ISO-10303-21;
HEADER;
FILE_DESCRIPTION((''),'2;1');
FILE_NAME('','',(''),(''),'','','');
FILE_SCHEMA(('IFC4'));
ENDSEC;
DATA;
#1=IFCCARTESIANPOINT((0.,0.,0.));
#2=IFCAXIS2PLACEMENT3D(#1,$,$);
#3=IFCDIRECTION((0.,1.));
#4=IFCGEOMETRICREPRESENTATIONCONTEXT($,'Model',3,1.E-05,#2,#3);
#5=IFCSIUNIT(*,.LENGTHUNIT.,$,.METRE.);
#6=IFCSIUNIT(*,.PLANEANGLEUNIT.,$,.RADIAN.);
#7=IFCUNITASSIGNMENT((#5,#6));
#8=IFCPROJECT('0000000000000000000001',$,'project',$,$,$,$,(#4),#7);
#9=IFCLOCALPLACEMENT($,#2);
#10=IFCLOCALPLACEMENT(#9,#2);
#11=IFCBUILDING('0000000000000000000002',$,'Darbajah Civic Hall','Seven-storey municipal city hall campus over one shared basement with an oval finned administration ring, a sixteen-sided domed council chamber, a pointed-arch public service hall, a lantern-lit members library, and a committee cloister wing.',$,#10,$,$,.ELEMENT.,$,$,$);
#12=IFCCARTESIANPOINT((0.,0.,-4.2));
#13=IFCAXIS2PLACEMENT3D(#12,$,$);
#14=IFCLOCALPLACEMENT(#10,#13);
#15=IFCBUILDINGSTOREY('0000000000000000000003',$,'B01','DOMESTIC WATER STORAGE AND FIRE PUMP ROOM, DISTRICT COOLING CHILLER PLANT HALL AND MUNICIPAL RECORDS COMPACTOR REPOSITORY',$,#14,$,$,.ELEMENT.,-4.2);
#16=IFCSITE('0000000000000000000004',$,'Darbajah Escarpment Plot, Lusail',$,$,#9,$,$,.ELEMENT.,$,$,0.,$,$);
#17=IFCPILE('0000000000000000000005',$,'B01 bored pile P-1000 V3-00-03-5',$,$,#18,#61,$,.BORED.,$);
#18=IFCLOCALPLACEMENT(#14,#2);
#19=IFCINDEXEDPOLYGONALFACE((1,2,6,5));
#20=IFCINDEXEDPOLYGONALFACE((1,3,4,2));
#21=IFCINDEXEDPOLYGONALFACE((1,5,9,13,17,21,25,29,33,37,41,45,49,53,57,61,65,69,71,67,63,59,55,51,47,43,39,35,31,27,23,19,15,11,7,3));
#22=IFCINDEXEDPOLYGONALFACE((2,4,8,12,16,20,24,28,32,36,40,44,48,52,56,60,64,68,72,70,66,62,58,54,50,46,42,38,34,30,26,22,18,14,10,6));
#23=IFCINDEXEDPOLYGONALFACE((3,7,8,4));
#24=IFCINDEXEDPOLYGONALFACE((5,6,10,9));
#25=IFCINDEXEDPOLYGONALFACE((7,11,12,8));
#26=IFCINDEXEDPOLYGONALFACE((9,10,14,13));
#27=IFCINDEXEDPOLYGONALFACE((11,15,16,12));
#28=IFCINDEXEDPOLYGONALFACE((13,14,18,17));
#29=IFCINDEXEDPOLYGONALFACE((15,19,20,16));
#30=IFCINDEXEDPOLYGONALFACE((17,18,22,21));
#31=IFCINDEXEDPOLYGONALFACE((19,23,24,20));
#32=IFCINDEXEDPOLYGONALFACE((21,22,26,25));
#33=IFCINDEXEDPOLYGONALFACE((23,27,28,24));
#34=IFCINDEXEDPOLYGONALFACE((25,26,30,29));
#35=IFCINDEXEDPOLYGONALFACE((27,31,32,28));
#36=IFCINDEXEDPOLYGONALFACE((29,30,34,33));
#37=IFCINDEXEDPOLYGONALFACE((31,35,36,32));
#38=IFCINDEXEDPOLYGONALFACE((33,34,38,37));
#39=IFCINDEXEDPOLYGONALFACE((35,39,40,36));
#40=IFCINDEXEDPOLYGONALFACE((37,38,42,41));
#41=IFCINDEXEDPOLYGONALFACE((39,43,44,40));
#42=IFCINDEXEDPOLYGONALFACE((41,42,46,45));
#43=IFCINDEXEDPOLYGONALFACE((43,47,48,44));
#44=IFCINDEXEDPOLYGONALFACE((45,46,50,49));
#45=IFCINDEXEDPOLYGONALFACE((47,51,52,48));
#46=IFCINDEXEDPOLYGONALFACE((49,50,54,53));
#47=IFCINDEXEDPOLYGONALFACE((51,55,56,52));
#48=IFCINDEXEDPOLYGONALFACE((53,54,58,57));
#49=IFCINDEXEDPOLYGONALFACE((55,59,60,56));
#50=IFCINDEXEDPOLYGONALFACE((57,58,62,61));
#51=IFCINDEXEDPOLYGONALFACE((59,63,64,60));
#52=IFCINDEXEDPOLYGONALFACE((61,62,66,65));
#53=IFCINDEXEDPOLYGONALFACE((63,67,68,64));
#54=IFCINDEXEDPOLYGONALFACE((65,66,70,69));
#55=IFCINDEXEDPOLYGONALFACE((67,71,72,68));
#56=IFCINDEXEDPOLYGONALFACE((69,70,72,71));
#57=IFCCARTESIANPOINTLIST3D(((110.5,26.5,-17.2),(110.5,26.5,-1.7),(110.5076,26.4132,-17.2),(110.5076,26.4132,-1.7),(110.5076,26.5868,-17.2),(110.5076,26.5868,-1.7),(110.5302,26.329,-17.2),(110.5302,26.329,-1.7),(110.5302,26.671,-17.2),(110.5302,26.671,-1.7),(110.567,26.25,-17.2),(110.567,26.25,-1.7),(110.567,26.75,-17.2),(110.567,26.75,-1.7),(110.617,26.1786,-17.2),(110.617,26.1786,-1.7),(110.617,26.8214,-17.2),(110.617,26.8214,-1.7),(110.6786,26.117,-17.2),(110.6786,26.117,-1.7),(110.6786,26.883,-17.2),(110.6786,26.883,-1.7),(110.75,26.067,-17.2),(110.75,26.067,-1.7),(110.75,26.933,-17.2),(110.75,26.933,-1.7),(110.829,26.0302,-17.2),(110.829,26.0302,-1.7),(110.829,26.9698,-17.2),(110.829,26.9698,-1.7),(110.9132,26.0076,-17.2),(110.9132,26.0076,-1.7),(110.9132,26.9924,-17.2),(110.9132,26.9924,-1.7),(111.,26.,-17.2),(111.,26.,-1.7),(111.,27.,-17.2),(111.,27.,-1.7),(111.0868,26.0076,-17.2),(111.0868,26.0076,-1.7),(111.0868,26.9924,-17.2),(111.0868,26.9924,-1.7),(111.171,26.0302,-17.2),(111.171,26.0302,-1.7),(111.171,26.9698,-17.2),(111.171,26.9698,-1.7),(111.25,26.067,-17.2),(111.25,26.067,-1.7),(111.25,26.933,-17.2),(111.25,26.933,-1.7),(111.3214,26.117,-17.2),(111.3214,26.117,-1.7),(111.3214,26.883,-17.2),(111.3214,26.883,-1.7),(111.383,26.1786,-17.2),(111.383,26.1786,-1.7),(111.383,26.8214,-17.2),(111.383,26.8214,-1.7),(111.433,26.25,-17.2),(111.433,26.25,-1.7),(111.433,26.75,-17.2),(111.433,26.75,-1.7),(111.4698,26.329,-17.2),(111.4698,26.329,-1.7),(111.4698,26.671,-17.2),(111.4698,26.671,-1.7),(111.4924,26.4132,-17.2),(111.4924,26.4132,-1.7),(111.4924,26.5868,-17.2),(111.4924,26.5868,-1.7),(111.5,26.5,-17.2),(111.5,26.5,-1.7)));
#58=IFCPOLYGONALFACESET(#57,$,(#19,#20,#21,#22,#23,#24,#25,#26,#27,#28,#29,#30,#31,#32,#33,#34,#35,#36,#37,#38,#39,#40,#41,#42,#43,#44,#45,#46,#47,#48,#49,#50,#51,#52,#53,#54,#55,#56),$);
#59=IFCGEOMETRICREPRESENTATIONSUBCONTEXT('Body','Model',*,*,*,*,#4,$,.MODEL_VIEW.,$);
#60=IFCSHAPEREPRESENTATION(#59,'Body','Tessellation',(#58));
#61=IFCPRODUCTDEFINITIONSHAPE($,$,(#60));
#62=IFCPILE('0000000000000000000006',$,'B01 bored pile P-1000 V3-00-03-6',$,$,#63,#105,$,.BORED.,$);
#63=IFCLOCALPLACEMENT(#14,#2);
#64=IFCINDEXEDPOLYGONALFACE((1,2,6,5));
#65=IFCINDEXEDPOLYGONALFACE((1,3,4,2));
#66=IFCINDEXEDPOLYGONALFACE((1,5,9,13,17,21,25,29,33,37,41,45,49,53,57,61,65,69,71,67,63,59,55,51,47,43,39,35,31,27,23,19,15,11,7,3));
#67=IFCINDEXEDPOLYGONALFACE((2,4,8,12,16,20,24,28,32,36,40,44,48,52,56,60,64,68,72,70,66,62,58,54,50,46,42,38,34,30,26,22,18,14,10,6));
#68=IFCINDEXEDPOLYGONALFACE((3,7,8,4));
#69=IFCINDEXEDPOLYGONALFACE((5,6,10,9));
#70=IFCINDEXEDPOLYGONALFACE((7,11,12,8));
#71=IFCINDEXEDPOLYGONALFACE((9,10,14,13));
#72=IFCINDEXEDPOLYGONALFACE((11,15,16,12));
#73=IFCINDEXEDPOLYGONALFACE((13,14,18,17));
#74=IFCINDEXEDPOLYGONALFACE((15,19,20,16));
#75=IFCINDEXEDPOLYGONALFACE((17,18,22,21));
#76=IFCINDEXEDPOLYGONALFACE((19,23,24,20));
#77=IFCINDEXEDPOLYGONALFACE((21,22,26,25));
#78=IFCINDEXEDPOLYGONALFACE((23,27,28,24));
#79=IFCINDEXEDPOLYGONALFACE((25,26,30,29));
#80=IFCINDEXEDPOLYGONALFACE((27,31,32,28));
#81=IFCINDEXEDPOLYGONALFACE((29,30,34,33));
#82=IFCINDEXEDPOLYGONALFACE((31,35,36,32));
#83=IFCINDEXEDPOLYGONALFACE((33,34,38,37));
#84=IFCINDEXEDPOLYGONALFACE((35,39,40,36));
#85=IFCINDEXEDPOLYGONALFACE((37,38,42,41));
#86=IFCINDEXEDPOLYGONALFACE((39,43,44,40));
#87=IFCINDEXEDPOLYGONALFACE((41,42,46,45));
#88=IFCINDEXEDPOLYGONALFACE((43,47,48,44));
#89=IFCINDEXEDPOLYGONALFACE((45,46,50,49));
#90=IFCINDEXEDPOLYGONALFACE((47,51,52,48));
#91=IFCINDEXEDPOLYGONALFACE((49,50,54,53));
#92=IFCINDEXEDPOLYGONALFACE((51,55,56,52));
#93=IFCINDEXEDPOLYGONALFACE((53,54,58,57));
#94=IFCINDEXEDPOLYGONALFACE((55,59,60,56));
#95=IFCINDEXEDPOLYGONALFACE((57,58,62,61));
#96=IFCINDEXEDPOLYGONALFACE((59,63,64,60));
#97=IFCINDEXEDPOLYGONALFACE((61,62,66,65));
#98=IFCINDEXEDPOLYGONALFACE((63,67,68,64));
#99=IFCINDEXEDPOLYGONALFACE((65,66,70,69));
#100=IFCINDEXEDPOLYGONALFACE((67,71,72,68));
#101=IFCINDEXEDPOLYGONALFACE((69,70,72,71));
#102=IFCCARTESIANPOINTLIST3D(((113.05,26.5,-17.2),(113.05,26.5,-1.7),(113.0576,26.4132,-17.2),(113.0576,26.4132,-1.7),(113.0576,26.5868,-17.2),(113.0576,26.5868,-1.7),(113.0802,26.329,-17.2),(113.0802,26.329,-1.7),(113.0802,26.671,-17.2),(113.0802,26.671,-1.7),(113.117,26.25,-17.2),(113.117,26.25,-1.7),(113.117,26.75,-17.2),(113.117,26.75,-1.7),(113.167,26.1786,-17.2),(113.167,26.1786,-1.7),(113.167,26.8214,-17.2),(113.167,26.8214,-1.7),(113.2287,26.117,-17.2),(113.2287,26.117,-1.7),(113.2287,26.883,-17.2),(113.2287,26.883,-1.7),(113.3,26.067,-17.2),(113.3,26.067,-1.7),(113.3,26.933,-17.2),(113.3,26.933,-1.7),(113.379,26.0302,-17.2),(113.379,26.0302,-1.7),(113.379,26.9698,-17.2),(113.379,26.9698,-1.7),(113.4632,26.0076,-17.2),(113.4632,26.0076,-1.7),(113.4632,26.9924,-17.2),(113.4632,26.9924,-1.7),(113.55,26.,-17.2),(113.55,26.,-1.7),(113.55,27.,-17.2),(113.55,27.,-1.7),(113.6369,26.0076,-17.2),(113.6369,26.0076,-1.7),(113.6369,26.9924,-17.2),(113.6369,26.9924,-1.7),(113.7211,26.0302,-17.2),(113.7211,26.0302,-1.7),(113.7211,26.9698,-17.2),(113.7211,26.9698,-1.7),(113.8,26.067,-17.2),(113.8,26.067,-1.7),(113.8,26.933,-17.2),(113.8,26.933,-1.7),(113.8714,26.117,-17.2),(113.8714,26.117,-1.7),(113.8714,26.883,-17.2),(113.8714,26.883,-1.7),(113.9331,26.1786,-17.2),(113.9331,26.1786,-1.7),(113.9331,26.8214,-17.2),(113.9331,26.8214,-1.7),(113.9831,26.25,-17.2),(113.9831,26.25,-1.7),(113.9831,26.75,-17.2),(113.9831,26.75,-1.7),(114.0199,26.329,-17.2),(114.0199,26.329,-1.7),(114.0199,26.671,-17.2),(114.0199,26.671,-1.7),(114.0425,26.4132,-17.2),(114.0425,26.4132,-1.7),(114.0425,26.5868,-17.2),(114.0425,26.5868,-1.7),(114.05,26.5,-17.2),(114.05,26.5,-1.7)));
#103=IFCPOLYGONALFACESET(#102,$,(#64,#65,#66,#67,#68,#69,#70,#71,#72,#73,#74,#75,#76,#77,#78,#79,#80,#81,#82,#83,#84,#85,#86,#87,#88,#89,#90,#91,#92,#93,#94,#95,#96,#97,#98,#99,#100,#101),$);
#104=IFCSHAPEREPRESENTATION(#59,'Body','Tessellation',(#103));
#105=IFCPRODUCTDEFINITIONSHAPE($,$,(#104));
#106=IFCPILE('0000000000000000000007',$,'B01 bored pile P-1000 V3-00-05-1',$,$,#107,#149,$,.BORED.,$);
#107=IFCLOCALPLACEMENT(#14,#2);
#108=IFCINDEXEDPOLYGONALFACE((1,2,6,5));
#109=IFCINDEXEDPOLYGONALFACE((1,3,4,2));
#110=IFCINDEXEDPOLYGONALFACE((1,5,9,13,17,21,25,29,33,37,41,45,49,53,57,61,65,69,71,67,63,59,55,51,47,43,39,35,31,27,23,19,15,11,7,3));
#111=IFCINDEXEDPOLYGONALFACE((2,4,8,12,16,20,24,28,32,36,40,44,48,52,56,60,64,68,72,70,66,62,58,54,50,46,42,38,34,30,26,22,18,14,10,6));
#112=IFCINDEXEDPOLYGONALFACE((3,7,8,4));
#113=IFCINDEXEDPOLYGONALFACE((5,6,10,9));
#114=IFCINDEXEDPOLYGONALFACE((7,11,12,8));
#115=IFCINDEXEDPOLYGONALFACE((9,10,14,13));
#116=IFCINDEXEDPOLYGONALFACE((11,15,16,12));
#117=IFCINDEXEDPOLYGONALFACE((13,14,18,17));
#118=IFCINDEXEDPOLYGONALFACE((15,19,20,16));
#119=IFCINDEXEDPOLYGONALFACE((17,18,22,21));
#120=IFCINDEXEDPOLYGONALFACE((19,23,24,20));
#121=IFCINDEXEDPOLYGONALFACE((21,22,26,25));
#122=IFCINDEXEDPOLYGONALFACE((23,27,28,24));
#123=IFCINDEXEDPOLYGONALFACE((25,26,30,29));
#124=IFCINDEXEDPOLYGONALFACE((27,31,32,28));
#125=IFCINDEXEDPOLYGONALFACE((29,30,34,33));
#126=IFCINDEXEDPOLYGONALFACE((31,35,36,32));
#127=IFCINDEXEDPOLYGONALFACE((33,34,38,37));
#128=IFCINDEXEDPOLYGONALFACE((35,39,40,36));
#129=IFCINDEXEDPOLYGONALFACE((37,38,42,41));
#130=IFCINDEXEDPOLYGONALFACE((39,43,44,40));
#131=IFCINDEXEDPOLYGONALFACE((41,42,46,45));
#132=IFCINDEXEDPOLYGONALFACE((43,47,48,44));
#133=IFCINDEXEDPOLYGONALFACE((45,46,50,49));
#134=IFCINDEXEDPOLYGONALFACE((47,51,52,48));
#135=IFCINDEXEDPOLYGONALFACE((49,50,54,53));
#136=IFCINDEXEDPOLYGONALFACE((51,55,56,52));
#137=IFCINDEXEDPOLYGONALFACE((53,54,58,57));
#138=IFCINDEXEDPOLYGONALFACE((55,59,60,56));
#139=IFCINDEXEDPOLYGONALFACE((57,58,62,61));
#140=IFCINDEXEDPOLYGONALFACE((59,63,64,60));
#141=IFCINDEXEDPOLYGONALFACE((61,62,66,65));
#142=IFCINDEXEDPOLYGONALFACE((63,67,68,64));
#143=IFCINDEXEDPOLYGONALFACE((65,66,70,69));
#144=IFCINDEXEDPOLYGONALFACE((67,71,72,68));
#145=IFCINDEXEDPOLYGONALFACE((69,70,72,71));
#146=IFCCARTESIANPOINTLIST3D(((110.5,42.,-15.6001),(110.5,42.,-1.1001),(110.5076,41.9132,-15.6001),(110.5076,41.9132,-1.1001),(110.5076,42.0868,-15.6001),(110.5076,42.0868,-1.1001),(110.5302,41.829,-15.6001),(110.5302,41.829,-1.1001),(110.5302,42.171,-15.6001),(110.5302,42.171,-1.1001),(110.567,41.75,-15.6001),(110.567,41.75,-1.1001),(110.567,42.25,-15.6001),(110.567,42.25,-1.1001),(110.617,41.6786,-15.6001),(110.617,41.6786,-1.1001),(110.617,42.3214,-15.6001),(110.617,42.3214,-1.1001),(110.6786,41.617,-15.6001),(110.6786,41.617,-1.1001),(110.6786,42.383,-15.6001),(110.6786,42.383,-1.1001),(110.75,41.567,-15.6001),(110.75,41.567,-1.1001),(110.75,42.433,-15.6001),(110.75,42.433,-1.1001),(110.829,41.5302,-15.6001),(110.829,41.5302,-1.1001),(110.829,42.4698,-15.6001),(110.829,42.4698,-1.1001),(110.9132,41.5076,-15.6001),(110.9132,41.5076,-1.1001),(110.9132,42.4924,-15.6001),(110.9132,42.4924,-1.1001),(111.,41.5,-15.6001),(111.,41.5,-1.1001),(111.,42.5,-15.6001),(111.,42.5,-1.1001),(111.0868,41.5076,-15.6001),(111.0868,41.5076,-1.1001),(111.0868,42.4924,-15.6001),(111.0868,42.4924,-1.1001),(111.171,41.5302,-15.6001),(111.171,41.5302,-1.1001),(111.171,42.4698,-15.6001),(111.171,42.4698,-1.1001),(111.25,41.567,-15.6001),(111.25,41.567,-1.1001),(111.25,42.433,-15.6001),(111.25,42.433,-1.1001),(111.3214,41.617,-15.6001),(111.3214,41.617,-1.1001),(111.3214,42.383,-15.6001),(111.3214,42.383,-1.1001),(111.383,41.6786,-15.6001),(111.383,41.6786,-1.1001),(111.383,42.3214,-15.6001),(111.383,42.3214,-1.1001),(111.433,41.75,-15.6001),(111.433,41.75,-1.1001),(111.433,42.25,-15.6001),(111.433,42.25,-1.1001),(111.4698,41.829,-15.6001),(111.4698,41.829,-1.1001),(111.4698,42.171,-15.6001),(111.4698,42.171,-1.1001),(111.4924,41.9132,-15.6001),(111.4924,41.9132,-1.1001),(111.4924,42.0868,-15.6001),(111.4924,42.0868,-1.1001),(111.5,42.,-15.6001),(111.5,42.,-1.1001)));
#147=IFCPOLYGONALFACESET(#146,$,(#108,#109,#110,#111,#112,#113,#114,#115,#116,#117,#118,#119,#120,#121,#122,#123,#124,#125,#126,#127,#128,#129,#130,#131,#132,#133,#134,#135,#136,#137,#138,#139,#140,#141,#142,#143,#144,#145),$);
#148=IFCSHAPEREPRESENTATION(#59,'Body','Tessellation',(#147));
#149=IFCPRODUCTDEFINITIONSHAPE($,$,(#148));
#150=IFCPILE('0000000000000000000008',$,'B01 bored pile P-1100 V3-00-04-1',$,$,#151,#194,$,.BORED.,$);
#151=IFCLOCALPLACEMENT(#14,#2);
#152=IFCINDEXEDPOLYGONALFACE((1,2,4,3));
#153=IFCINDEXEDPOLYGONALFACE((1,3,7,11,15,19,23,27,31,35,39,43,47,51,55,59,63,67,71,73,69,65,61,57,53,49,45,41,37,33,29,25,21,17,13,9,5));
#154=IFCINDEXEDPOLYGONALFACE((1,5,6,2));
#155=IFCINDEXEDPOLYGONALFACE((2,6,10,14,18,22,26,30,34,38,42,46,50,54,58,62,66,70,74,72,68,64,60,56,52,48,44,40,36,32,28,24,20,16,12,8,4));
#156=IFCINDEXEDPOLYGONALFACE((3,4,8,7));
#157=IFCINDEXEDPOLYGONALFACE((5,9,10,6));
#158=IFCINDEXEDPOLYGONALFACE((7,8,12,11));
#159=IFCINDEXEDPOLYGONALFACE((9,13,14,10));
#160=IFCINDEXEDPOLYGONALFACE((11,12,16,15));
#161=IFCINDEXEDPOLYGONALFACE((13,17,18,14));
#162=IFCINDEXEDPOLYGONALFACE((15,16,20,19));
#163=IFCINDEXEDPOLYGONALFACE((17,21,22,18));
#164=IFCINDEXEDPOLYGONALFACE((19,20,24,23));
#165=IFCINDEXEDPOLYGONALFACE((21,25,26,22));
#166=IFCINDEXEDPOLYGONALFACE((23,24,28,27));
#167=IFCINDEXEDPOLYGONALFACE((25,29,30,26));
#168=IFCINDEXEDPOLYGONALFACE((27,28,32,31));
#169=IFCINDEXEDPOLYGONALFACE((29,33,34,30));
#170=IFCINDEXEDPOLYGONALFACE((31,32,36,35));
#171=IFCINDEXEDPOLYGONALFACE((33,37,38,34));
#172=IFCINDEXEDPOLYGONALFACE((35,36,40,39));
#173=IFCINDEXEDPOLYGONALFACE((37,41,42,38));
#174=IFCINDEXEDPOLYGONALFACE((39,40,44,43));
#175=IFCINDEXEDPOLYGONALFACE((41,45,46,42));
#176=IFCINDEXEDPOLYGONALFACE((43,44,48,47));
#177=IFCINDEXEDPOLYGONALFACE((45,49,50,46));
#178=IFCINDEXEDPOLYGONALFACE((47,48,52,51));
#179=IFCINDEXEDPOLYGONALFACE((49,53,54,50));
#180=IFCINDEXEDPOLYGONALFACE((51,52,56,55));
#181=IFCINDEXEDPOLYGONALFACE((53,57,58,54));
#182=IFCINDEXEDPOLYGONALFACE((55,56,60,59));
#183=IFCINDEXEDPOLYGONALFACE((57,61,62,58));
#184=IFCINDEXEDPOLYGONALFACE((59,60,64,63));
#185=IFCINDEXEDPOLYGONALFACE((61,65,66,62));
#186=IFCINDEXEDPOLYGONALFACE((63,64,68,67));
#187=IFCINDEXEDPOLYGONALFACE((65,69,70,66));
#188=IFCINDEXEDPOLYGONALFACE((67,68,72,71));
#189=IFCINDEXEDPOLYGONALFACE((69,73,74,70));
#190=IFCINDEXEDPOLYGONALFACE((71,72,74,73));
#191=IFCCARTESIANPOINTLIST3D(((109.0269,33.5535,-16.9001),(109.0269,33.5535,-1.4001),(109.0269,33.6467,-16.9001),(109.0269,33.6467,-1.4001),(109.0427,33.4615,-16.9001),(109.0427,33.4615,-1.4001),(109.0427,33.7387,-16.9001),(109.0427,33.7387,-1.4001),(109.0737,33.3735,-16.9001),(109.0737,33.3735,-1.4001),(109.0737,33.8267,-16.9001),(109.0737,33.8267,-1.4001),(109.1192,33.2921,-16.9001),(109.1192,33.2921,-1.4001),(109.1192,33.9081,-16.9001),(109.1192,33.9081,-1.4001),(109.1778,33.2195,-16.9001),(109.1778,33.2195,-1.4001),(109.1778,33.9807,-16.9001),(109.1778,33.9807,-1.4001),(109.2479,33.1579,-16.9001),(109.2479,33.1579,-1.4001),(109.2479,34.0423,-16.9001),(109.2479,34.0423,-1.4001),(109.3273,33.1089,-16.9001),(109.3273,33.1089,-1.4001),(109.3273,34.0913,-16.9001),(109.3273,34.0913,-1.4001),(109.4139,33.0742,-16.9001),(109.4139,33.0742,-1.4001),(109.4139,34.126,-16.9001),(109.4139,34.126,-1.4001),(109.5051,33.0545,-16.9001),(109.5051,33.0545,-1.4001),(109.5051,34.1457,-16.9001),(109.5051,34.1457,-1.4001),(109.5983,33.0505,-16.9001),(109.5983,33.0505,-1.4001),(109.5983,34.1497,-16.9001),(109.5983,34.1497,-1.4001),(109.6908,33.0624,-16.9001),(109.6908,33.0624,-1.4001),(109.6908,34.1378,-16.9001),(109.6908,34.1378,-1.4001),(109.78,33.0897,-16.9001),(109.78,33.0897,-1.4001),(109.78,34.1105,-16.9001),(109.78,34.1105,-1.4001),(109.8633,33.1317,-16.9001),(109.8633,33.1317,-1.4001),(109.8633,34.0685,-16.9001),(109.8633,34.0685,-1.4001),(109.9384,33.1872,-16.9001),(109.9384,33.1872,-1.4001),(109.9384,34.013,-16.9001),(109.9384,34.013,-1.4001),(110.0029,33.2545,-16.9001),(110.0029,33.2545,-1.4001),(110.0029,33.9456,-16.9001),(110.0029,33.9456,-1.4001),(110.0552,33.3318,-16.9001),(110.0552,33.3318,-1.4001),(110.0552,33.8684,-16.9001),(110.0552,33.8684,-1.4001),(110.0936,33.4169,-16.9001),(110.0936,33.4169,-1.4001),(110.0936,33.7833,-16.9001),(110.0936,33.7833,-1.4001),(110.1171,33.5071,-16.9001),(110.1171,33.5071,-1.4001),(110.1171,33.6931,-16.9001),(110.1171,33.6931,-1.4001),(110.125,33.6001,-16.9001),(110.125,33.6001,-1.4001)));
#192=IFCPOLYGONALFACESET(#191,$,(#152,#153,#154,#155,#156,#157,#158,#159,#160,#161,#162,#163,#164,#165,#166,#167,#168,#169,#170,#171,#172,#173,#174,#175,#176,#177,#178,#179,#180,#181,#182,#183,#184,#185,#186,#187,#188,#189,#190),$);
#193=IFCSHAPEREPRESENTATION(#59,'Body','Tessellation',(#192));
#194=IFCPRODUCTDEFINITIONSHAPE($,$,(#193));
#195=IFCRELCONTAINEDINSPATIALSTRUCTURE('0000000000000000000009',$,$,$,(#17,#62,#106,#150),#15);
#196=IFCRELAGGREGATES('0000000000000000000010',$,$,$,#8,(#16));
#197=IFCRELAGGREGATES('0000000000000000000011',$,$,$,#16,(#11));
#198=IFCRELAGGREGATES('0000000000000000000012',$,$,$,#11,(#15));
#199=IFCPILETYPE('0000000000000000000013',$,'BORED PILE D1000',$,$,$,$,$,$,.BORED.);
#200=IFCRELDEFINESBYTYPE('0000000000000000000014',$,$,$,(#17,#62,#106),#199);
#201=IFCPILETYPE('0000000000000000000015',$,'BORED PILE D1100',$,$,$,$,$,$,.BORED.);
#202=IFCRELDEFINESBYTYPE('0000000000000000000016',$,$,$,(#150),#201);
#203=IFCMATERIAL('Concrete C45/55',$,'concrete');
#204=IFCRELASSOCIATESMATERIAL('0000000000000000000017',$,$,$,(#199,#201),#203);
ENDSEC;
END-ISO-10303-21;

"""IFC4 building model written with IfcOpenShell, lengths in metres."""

from ifc_helpers import new_model, si_unit, direction, frame, origin, origin_2d, place, context, subcontext, project, spatial, circle, extrude, material, material_profile, profile_set, type_object, element, save


model = new_model("IFC4")

# Units and contexts
model_context = context("Model", 3, precision=1e-05, world=origin(), true_north=direction((0.0, 1.0)))
body_context = subcontext(model_context, "Body", "Model", "MODEL_VIEW")
ifc_project = project(units=[si_unit("LENGTHUNIT", "METRE"), si_unit("PLANEANGLEUNIT", "RADIAN")], contexts=[model_context])

# Site, building, storey
site_placement = place(None, origin())
site = spatial("IfcSite", under=ifc_project, at=site_placement, Name="Darbajah Escarpment Plot, Lusail", CompositionType="ELEMENT", RefElevation=0.0)
building_placement = place(site_placement, origin())
building = spatial("IfcBuilding", under=site, at=building_placement, Name="Darbajah Civic Hall", Description="Seven-storey municipal city hall campus over one shared basement with an oval finned administration ring, a sixteen-sided domed council chamber, a pointed-arch public service hall, a lantern-lit members library, and a committee cloister wing.", CompositionType="ELEMENT")
storey_placement = place(building_placement, frame((0.0, 0.0, -4.2)))
storey = spatial("IfcBuildingStorey", under=building, at=storey_placement, Name="B01", Description="DOMESTIC WATER STORAGE AND FIRE PUMP ROOM, DISTRICT COOLING CHILLER PLANT HALL AND MUNICIPAL RECORDS COMPACTOR REPOSITORY", CompositionType="ELEMENT", Elevation=-4.2)

# Piles
ifc_material_1 = material(Name="Concrete C45/55", Category="concrete")
ifc_material_profile_1 = material_profile(ifc_material_1, circle(Radius=0.5, at=origin_2d()), Name="BORED PILE D1000")
ifc_profile_set_1 = profile_set([ifc_material_profile_1], Name="Concrete C45/55")
pile_type_1 = type_object("IfcPileType", Name="BORED PILE D1000", PredefinedType="BORED", material=ifc_profile_set_1)
for number, where, z_axis, x_axis, name in (
    (1, (111.0, 26.5, -1.7), (0.0, 0.0, -1.0), (1.0, 0.0, 0.0), "B01 bored pile P-1000 V3-00-03-5"),
    (2, (113.55, 26.5, -1.7), (0.0, 0.0, -1.0), (1.0, 0.0, 0.0), "B01 bored pile P-1000 V3-00-03-6"),
):
    element("IfcPile", number, at=place(storey_placement, frame(where, z_axis=z_axis, x_axis=x_axis)), inside=storey, type_object=pile_type_1, Name=name, PredefinedType="BORED", context=body_context, shape_type="SweptSolid", body=[
        extrude(circle(Radius=0.5, at=origin_2d()), origin(), (0.0, 0.0, 1.0), 15.5),
    ])
pile_placement = place(storey_placement, frame((111.0, 42.0, -1.1001), z_axis=(0.0, 0.0, -1.0), x_axis=(1.0, 0.0, 0.0)))
element("IfcPile", 3, at=pile_placement, inside=storey, type_object=pile_type_1, Name="B01 bored pile P-1000 V3-00-05-1", PredefinedType="BORED", context=body_context, shape_type="SweptSolid", body=[
    extrude(circle(Radius=0.5, at=origin_2d()), origin(), (0.0, 0.0, 1.0), 14.5),
])
ifc_material_profile_2 = material_profile(ifc_material_1, circle(Radius=0.55, at=origin_2d()), Name="BORED PILE D1100")
ifc_profile_set_2 = profile_set([ifc_material_profile_2], Name="Concrete C45/55")
pile_type_2 = type_object("IfcPileType", Name="BORED PILE D1100", PredefinedType="BORED", material=ifc_profile_set_2)
for number, where, z_axis, x_axis, name in (
    (4, (109.575, 33.6001, -1.4001), (0.0, 0.0, -1.0), (1.0, 0.0, 0.0), "B01 bored pile P-1100 V3-00-04-1"),
):
    element("IfcPile", number, at=place(storey_placement, frame(where, z_axis=z_axis, x_axis=x_axis)), inside=storey, type_object=pile_type_2, Name=name, PredefinedType="BORED", context=body_context, shape_type="SweptSolid", body=[
        extrude(circle(Radius=0.55, at=origin_2d()), origin(), (0.0, 0.0, 1.0), 15.5),
    ])

save(model, "model.ifc")
